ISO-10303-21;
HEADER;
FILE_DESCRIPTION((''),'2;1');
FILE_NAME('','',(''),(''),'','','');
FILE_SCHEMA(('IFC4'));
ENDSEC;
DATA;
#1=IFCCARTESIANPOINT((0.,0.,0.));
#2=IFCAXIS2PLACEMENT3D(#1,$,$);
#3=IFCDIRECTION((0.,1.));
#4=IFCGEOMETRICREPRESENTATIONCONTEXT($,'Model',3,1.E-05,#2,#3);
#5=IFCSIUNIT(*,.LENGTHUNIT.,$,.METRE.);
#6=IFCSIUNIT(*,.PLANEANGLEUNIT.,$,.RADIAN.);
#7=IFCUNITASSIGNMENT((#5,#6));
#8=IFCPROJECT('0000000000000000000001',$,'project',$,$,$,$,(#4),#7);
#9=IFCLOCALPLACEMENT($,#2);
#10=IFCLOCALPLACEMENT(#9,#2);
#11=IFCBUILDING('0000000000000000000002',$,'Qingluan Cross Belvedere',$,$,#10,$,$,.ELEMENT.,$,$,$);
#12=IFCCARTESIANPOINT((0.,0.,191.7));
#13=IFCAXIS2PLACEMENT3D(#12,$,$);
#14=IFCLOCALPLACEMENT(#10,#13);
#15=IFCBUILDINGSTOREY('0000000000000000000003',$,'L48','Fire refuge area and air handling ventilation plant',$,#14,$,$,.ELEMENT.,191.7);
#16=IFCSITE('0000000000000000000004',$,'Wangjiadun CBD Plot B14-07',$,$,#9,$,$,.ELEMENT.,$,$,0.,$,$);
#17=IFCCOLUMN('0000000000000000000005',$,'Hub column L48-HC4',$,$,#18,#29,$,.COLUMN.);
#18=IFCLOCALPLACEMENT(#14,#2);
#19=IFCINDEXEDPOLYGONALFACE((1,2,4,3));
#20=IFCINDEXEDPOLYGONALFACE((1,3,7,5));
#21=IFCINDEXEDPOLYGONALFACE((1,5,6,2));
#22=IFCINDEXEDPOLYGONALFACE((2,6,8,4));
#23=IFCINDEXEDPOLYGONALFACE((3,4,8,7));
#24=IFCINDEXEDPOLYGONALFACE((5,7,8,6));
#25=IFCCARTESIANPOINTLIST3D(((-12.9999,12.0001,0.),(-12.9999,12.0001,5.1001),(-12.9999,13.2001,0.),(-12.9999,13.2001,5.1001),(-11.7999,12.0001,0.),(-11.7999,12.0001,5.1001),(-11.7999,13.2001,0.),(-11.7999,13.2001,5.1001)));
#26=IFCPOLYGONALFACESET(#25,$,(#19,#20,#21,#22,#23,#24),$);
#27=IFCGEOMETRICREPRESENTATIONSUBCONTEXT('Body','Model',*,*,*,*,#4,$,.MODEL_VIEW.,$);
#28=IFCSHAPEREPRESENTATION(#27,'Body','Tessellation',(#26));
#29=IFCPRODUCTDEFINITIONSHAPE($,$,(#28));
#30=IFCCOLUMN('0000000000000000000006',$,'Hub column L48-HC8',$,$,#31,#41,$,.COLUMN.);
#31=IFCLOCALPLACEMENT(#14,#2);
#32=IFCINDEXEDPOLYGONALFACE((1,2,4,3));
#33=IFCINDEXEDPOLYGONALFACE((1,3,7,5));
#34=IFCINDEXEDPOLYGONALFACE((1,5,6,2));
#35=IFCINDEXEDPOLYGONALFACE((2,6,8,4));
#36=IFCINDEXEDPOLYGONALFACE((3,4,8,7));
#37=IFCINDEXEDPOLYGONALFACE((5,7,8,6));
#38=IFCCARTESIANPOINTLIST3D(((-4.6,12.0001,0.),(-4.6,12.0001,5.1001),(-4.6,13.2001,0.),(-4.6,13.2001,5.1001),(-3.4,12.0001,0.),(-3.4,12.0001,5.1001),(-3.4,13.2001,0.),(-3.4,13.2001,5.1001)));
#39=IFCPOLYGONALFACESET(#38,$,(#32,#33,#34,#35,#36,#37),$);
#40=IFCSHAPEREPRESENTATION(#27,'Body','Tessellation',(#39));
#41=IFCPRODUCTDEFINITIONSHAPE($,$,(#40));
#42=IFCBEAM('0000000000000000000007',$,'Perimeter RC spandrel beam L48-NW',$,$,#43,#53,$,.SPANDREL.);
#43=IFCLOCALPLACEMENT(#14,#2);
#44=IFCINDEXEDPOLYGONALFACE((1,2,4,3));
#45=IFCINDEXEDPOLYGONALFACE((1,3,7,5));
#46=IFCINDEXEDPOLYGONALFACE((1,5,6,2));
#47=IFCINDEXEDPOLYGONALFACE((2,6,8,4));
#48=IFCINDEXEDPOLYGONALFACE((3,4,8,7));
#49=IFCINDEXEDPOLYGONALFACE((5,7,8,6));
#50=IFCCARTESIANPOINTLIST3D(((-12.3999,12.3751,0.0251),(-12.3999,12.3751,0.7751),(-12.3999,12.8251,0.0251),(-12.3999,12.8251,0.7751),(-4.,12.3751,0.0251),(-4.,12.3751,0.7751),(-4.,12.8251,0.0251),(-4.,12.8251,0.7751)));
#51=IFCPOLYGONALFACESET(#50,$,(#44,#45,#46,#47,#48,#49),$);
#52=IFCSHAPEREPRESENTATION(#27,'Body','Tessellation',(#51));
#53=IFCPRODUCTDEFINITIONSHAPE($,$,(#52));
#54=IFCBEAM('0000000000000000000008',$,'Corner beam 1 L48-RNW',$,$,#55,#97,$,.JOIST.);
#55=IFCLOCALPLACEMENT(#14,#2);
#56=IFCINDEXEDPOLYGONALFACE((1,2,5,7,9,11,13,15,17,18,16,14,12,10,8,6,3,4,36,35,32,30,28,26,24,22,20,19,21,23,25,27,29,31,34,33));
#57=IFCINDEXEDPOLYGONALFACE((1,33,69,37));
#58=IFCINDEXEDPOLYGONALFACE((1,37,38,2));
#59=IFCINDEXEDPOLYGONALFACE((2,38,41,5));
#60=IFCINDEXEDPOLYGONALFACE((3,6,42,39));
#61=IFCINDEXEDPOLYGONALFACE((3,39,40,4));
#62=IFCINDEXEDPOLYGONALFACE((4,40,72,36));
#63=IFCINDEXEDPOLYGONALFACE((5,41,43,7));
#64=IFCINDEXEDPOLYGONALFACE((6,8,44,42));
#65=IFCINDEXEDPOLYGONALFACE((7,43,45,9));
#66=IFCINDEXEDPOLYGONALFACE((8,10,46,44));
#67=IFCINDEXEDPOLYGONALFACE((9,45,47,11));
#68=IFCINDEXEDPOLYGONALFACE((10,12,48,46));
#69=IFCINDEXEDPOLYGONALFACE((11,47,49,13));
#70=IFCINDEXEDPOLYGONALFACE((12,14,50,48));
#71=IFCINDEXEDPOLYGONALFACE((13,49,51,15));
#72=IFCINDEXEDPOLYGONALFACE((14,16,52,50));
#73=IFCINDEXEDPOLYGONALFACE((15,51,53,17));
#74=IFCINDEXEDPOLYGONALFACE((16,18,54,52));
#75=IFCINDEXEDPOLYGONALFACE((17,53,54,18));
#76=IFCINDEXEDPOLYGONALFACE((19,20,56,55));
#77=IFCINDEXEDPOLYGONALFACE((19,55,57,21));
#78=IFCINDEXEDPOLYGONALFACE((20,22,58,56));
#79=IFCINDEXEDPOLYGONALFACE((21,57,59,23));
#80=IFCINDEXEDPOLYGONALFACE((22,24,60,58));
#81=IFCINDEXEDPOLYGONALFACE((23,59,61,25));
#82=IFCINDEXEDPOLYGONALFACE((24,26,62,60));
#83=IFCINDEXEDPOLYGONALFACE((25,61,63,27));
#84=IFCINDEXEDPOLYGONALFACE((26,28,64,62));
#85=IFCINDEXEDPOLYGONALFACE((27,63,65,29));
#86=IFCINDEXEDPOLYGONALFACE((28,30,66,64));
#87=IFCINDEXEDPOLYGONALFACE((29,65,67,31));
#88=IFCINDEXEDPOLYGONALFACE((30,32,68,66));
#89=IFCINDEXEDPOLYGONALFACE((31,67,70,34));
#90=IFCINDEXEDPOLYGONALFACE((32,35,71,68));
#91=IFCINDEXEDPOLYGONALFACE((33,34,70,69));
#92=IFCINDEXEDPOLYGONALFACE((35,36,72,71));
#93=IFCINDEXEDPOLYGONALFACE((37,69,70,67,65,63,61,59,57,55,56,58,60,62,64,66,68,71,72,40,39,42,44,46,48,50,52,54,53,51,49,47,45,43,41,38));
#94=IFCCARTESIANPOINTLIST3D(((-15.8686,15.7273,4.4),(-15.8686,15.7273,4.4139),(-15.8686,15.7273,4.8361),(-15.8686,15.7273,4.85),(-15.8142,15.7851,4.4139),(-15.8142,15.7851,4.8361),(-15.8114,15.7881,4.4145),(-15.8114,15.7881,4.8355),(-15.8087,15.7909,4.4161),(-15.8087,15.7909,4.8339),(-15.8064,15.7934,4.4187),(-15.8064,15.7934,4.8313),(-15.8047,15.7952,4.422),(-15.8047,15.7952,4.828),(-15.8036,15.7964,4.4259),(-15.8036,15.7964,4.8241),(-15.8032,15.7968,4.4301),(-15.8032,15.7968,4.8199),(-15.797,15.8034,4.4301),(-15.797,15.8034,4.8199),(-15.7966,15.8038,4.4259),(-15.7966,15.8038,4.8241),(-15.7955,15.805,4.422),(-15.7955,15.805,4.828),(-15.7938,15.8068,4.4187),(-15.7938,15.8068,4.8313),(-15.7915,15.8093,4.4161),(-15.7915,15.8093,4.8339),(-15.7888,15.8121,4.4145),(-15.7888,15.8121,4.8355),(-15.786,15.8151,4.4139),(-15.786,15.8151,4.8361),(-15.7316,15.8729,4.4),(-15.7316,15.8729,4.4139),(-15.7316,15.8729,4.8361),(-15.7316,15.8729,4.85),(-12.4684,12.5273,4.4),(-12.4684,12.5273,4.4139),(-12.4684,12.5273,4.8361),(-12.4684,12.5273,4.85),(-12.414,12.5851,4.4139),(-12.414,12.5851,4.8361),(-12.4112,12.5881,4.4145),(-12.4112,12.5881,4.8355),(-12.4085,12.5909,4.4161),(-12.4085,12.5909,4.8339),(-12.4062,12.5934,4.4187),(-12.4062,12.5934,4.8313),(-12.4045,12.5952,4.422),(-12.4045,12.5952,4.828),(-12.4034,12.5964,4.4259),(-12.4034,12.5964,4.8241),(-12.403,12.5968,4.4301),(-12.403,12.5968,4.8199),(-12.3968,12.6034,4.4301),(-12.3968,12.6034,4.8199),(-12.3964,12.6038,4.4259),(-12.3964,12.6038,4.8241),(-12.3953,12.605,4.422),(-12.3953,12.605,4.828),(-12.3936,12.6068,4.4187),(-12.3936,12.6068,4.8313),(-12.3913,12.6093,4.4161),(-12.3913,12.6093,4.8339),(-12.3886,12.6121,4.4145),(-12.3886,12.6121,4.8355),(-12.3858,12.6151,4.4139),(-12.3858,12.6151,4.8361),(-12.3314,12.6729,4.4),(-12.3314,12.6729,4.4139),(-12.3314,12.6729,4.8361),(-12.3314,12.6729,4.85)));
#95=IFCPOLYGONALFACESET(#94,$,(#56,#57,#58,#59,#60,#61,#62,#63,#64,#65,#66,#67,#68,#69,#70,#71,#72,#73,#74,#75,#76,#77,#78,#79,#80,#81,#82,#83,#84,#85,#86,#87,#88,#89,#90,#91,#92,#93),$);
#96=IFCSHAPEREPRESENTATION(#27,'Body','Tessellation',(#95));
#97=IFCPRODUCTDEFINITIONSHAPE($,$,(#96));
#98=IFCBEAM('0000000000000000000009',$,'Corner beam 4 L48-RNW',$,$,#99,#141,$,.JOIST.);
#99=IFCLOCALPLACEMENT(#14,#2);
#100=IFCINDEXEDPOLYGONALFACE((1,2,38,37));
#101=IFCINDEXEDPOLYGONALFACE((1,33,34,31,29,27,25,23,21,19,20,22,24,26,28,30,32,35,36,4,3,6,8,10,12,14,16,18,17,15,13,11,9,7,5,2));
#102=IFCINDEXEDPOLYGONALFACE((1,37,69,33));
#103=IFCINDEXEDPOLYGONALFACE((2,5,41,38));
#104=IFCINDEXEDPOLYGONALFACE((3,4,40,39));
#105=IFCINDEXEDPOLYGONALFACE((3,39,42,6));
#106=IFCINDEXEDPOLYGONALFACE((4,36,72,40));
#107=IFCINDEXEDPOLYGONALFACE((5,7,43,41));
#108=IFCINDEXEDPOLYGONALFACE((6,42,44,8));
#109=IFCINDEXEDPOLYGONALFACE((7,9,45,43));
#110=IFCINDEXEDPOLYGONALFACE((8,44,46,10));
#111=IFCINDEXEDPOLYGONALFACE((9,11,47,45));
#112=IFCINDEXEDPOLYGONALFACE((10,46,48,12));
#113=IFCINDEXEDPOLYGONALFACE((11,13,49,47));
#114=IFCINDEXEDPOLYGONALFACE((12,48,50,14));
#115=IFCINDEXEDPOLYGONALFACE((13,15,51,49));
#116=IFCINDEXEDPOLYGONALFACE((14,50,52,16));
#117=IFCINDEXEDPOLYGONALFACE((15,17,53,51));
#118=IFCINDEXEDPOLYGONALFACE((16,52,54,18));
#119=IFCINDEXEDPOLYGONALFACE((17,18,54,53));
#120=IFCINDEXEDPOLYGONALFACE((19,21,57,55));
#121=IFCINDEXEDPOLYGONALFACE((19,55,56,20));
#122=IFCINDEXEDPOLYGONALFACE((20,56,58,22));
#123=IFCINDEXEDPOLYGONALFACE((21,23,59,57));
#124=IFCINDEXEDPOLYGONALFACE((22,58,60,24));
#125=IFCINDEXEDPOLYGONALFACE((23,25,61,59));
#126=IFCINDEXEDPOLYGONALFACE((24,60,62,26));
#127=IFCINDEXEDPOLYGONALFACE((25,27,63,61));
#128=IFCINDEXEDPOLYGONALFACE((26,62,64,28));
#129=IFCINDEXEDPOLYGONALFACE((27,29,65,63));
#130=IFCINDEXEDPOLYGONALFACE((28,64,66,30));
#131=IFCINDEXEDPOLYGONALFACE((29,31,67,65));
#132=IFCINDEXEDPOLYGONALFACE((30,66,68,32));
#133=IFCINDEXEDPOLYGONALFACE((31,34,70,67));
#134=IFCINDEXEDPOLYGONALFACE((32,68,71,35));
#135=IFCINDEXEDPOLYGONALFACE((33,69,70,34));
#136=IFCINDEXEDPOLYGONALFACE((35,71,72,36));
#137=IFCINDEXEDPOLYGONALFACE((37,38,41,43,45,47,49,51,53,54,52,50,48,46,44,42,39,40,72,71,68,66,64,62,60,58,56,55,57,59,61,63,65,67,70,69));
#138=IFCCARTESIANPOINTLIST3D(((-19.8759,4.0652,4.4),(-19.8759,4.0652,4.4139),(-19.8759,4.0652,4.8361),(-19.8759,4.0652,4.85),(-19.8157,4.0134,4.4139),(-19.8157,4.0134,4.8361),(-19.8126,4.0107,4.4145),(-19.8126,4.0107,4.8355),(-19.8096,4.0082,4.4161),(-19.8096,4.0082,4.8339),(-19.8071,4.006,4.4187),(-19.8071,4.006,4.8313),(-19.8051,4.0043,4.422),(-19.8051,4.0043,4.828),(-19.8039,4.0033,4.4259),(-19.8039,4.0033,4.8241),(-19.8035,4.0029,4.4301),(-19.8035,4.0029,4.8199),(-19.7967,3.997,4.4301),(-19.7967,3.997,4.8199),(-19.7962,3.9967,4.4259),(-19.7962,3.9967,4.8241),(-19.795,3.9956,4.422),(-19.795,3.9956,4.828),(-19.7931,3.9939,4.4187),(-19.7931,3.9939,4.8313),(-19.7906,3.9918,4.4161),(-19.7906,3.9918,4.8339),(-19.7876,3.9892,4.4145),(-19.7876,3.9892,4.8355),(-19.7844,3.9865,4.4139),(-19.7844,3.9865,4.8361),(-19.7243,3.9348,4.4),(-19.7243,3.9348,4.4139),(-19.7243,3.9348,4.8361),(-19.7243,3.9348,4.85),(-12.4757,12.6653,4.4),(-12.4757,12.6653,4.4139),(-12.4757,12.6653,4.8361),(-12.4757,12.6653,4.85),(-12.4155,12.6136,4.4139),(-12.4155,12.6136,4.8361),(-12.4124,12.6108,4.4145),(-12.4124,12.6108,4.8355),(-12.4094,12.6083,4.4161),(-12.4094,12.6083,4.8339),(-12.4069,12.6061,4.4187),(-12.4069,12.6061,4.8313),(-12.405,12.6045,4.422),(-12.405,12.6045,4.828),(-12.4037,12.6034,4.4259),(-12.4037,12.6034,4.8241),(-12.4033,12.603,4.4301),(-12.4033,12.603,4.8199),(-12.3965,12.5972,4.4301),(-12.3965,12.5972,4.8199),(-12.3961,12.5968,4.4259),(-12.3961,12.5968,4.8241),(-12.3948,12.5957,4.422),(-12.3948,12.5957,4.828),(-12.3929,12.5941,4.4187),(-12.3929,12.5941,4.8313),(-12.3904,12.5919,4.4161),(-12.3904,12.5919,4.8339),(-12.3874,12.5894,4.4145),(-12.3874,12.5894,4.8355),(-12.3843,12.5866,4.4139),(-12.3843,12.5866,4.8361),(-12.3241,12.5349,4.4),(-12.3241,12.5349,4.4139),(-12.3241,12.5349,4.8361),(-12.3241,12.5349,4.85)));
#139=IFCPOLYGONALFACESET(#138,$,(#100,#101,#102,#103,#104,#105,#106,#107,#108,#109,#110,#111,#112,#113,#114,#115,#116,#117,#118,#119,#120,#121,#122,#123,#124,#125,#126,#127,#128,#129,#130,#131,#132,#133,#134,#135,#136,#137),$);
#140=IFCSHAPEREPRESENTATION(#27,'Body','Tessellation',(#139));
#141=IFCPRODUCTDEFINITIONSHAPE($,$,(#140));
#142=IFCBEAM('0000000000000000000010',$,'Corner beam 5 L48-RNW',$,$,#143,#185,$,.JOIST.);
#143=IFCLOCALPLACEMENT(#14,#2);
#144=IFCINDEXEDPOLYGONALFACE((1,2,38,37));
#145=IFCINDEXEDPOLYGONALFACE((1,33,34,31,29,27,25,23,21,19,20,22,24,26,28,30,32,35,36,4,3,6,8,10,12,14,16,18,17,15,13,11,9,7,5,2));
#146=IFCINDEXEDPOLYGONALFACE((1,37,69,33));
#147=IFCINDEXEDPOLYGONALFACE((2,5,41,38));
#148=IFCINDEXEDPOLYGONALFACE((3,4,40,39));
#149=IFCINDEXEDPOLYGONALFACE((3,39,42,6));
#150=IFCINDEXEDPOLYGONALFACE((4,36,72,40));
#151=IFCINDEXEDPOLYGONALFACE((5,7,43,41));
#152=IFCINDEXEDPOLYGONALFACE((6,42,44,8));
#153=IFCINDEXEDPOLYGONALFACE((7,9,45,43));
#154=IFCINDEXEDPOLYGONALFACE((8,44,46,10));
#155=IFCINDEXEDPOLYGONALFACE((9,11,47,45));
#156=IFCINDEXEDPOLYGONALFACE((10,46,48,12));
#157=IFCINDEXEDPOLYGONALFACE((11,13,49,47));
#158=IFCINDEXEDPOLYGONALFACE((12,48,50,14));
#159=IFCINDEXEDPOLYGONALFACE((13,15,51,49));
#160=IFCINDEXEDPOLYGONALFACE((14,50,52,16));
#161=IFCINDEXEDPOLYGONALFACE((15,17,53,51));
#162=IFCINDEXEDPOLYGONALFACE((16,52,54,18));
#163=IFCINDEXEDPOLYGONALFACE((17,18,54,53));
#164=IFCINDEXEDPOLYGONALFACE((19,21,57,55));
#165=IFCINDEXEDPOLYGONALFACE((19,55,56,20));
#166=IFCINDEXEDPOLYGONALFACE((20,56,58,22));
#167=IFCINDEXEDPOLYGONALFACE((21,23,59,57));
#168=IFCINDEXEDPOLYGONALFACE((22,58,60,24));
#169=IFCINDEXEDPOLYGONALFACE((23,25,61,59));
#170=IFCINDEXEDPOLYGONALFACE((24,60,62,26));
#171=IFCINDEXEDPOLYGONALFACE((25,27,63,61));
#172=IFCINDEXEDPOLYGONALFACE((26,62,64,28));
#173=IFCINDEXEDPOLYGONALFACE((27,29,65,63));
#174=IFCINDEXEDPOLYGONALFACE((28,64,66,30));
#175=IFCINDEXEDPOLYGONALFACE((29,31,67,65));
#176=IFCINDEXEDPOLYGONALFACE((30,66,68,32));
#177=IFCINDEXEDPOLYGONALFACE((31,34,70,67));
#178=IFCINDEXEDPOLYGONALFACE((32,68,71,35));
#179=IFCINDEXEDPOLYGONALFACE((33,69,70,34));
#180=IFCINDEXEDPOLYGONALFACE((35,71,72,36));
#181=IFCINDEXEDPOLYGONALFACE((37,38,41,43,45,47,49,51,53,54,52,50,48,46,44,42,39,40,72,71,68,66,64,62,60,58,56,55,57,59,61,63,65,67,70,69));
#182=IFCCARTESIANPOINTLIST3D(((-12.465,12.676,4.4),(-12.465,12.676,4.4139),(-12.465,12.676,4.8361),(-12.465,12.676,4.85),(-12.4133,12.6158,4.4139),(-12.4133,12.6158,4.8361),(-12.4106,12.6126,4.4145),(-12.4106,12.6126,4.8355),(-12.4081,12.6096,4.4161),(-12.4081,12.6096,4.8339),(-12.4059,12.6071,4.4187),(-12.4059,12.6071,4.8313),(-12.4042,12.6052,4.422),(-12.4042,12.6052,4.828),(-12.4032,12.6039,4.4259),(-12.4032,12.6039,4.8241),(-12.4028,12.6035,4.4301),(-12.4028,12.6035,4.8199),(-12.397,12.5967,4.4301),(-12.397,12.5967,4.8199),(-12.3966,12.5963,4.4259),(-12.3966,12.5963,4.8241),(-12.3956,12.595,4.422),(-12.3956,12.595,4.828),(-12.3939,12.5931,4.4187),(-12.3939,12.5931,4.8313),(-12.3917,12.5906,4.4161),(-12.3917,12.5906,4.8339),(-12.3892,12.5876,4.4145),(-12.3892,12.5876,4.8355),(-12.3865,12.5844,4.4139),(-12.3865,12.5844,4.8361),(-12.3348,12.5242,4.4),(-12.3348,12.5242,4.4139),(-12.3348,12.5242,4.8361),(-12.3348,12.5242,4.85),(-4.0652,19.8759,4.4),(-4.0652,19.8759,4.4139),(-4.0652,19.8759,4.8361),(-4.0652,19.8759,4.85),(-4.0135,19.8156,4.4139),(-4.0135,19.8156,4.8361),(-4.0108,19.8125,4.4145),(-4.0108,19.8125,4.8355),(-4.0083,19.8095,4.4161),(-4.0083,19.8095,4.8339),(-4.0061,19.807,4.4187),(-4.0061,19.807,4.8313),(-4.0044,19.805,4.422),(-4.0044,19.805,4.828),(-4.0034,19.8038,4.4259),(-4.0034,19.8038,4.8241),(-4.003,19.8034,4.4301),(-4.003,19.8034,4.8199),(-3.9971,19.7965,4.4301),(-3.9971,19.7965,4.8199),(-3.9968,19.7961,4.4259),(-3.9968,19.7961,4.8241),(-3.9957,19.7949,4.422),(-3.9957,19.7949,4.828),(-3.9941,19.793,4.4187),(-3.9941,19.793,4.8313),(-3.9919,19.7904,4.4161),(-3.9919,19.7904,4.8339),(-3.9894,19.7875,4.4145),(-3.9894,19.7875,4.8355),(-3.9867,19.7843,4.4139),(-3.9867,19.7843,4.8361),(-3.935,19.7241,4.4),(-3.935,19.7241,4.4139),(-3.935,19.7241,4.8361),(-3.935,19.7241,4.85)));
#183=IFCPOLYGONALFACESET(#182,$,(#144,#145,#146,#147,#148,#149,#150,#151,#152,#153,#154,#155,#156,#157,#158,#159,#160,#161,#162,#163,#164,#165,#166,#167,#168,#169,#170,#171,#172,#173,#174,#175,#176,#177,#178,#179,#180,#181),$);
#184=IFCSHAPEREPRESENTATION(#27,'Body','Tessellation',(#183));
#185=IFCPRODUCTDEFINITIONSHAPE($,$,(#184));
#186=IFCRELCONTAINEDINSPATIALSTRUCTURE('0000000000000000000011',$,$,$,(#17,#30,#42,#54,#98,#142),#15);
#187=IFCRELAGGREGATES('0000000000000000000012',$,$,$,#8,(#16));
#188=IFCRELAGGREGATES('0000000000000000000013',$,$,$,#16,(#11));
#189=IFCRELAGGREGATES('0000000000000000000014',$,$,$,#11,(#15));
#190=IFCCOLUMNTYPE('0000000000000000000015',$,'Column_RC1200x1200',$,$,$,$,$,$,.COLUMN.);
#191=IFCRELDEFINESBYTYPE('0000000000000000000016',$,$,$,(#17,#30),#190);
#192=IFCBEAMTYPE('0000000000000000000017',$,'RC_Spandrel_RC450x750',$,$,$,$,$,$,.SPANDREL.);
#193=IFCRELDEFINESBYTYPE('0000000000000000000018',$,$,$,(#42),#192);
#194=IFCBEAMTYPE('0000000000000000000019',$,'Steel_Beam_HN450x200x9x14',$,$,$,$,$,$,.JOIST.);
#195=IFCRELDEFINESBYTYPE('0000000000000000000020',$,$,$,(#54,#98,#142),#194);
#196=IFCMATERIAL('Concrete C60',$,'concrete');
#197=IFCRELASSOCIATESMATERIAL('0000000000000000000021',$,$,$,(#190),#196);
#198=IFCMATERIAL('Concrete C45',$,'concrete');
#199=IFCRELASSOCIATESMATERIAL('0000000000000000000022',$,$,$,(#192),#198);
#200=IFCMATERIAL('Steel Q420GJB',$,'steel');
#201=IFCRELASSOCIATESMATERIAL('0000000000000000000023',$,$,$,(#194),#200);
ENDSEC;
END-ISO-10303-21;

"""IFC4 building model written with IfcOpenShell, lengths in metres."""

from ifc_helpers import new_model, si_unit, direction, frame, origin, origin_2d, place, context, subcontext, project, spatial, rectangle, i_section, extrude, material, material_profile, profile_set, type_object, element, save


model = new_model("IFC4")

# Units and contexts
model_context = context("Model", 3, precision=1e-05, world=origin(), true_north=direction((0.0, 1.0)))
body_context = subcontext(model_context, "Body", "Model", "MODEL_VIEW")
ifc_project = project(units=[si_unit("LENGTHUNIT", "METRE"), si_unit("PLANEANGLEUNIT", "RADIAN")], contexts=[model_context])

# Site, building, storey
site_placement = place(None, origin())
site = spatial("IfcSite", under=ifc_project, at=site_placement, Name="Wangjiadun CBD Plot B14-07", CompositionType="ELEMENT", RefElevation=0.0)
building_placement = place(site_placement, origin())
building = spatial("IfcBuilding", under=site, at=building_placement, Name="Qingluan Cross Belvedere", CompositionType="ELEMENT")
storey_placement = place(building_placement, frame((0.0, 0.0, 191.7)))
storey = spatial("IfcBuildingStorey", under=building, at=storey_placement, Name="L48", Description="Fire refuge area and air handling ventilation plant", CompositionType="ELEMENT", Elevation=191.7)

# Columns
ifc_material_1 = material(Name="Concrete C60", Category="concrete")
ifc_material_profile_1 = material_profile(ifc_material_1, rectangle(XDim=1.2, YDim=1.2, at=origin_2d()), Name="RC1200x1200")
ifc_profile_set_1 = profile_set([ifc_material_profile_1], Name="Concrete C60")
column_type = type_object("IfcColumnType", Name="Column_RC1200x1200", PredefinedType="COLUMN", material=ifc_profile_set_1)
for number, where, z_axis, x_axis, name in (
    (1, (-12.3999, 12.6001, 0.0), (0.0, 0.0, 1.0), (1.0, 0.0, 0.0), "Hub column L48-HC4"),
    (2, (-4.0, 12.6001, 0.0), (0.0, 0.0, 1.0), (1.0, 0.0, 0.0), "Hub column L48-HC8"),
):
    element("IfcColumn", number, at=place(storey_placement, frame(where, z_axis=z_axis, x_axis=x_axis)), inside=storey, type_object=column_type, Name=name, PredefinedType="COLUMN", context=body_context, shape_type="SweptSolid", body=[
        extrude(rectangle(XDim=1.2, YDim=1.2, at=origin_2d()), origin(), (0.0, 0.0, 1.0), 5.1001),
    ])

# Beams
ifc_material_2 = material(Name="Concrete C45", Category="concrete")
ifc_material_profile_2 = material_profile(ifc_material_2, rectangle(XDim=0.45, YDim=0.75, at=origin_2d()), Name="RC450x750")
ifc_profile_set_2 = profile_set([ifc_material_profile_2], Name="Concrete C45")
beam_type_1 = type_object("IfcBeamType", Name="RC_Spandrel_RC450x750", PredefinedType="SPANDREL", material=ifc_profile_set_2)
beam_1_placement = place(storey_placement, frame((-12.3999, 12.6001, 0.4001), z_axis=(1.0, 0.0, 0.0), x_axis=(0.0, 1.0, 0.0)))
element("IfcBeam", 3, at=beam_1_placement, inside=storey, type_object=beam_type_1, Name="Perimeter RC spandrel beam L48-NW", PredefinedType="SPANDREL", context=body_context, shape_type="SweptSolid", body=[
    extrude(rectangle(XDim=0.45, YDim=0.75, at=origin_2d()), origin(), (0.0, 0.0, 1.0), 8.3999),
])
ifc_material_3 = material(Name="Steel Q420GJB", Category="steel")
ifc_material_profile_3 = material_profile(ifc_material_3, i_section(OverallWidth=0.2, OverallDepth=0.45, WebThickness=0.009, FlangeThickness=0.0139, FilletRadius=0.0161, at=origin_2d()), Name="HN450x200x9x14")
ifc_profile_set_3 = profile_set([ifc_material_profile_3], Name="Steel Q420GJB")
beam_type_2 = type_object("IfcBeamType", Name="Steel_Beam_HN450x200x9x14", PredefinedType="JOIST", material=ifc_profile_set_3)
beam_2_placement = place(storey_placement, frame((-12.3999, 12.6001, 4.625), z_axis=(-0.72822, 0.685343, 0.0), x_axis=(-0.685343, -0.72822, 0.0)))
element("IfcBeam", 4, at=beam_2_placement, inside=storey, type_object=beam_type_2, Name="Corner beam 1 L48-RNW", PredefinedType="JOIST", context=body_context, shape_type="SweptSolid", body=[
    extrude(i_section(OverallWidth=0.2, OverallDepth=0.45, WebThickness=0.009, FlangeThickness=0.0139, FilletRadius=0.0161, at=origin_2d()), origin(), (0.0, 0.0, 1.0), 4.6692),
])
beam_3_placement = place(storey_placement, frame((-12.3999, 12.6001, 4.625), z_axis=(-0.652245, -0.758008, 0.0), x_axis=(0.758008, -0.652245, 0.0)))
element("IfcBeam", 5, at=beam_3_placement, inside=storey, type_object=beam_type_2, Name="Corner beam 4 L48-RNW", PredefinedType="JOIST", context=body_context, shape_type="SweptSolid", body=[
    extrude(i_section(OverallWidth=0.2, OverallDepth=0.45, WebThickness=0.009, FlangeThickness=0.0139, FilletRadius=0.0161, at=origin_2d()), origin(), (0.0, 0.0, 1.0), 11.3457),
])
beam_4_placement = place(storey_placement, frame((-12.3999, 12.6001, 4.625), z_axis=(0.759255, 0.650793, 0.0), x_axis=(-0.650793, 0.759255, 0.0)))
element("IfcBeam", 6, at=beam_4_placement, inside=storey, type_object=beam_type_2, Name="Corner beam 5 L48-RNW", PredefinedType="JOIST", context=body_context, shape_type="SweptSolid", body=[
    extrude(i_section(OverallWidth=0.2, OverallDepth=0.45, WebThickness=0.009, FlangeThickness=0.0139, FilletRadius=0.0161, at=origin_2d()), origin(), (0.0, 0.0, 1.0), 11.0632),
])

save(model, "model.ifc")
